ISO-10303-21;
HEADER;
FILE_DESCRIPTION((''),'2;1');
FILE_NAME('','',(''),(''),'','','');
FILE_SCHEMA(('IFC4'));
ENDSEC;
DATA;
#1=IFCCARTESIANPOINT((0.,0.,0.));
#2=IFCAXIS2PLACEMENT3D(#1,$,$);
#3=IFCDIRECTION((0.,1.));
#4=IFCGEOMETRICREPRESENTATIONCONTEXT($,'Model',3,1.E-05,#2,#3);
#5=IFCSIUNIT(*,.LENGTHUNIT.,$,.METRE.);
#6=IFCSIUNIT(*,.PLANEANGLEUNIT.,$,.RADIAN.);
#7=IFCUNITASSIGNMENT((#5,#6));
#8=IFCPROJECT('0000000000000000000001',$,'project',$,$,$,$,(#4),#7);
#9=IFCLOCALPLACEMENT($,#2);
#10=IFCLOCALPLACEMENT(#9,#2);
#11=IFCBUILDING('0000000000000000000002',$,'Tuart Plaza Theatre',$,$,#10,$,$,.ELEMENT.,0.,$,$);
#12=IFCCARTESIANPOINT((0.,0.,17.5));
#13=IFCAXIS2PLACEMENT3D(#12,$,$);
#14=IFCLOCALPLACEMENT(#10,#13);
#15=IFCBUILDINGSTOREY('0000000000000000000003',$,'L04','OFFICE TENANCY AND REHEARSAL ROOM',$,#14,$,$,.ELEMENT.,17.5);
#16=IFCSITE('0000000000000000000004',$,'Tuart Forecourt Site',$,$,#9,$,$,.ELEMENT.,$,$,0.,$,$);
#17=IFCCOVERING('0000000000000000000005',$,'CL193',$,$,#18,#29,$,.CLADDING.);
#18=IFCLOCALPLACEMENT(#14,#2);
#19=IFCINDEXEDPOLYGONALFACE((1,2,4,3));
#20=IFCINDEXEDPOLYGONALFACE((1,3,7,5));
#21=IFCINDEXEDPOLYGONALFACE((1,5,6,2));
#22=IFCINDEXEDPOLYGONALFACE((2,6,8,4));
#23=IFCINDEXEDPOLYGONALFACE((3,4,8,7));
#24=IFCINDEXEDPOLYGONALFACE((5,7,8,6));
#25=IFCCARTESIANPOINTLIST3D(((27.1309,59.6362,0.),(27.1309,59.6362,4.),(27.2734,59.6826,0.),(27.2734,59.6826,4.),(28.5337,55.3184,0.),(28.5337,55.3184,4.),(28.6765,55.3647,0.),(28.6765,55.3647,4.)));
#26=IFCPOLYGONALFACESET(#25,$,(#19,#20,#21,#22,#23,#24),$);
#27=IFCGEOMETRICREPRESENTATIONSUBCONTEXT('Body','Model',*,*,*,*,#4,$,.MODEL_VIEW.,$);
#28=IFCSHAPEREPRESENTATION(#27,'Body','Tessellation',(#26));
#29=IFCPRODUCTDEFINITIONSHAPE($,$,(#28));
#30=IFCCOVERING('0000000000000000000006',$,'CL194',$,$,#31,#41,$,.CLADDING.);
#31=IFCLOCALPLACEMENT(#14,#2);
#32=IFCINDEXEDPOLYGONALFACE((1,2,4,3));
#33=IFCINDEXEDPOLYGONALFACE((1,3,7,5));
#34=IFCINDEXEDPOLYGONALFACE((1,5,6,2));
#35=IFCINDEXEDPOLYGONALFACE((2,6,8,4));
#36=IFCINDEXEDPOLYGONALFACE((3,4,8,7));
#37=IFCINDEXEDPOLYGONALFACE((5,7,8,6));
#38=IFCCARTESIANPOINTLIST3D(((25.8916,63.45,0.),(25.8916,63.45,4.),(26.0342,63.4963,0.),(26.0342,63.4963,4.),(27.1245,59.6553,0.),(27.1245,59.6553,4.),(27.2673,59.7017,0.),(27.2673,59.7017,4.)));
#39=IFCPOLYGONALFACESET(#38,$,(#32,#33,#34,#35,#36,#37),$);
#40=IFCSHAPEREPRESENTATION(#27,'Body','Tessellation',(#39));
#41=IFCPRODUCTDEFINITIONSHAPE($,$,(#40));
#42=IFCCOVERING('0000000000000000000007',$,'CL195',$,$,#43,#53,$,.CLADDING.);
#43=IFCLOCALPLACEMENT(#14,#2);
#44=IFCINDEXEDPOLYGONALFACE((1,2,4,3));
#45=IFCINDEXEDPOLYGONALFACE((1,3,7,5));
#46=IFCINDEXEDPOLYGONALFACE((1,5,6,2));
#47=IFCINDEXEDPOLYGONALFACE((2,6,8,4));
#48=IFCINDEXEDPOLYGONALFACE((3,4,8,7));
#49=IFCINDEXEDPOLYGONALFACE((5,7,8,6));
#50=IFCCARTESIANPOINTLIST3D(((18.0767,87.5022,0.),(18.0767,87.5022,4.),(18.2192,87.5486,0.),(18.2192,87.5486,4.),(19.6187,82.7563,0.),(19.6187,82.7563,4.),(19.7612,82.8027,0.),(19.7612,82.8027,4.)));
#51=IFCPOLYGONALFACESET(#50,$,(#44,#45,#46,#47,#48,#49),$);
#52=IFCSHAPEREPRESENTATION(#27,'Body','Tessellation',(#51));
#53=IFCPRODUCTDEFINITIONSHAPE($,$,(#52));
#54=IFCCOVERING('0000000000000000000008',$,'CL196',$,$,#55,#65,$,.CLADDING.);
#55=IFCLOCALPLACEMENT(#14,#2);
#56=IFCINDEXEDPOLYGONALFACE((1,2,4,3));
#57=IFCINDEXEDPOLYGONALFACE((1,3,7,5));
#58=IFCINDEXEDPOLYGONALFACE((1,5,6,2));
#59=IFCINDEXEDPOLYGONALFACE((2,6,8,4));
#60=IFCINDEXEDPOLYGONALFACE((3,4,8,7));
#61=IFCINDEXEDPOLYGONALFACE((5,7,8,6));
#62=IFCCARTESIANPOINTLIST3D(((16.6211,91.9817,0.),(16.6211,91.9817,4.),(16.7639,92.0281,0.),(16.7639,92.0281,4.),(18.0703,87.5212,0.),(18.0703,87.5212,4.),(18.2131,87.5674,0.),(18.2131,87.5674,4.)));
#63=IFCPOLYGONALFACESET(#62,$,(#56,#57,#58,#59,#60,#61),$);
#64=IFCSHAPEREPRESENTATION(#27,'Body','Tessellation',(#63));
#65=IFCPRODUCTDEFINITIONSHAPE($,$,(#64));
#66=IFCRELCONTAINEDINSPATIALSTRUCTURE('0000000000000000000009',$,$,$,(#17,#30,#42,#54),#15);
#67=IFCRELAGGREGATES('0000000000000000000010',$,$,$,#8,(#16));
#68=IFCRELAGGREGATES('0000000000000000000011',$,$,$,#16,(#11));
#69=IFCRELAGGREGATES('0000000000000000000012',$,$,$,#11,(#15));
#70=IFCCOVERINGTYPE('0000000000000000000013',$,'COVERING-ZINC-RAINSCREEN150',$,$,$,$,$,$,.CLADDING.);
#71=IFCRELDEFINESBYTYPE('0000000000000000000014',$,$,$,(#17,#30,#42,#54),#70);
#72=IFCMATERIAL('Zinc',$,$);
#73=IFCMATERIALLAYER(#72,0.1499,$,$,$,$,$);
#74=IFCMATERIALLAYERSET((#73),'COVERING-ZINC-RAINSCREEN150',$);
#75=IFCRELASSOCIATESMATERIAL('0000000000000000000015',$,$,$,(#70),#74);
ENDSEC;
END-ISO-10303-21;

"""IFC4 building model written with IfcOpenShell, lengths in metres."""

from ifc_helpers import new_model, si_unit, direction, frame, origin, place, context, subcontext, project, spatial, polyline, outline, extrude, material, layer, layer_set, type_object, element, save


model = new_model("IFC4")

# Units and contexts
model_context = context("Model", 3, precision=1e-05, world=origin(), true_north=direction((0.0, 1.0)))
body_context = subcontext(model_context, "Body", "Model", "MODEL_VIEW")
ifc_project = project(units=[si_unit("LENGTHUNIT", "METRE"), si_unit("PLANEANGLEUNIT", "RADIAN")], contexts=[model_context])

# Site, building, storey
site_placement = place(None, origin())
site = spatial("IfcSite", under=ifc_project, at=site_placement, Name="Tuart Forecourt Site", CompositionType="ELEMENT", RefElevation=0.0)
building_placement = place(site_placement, origin())
building = spatial("IfcBuilding", under=site, at=building_placement, Name="Tuart Plaza Theatre", CompositionType="ELEMENT", ElevationOfRefHeight=0.0)
storey_placement = place(building_placement, frame((0.0, 0.0, 17.5)))
storey = spatial("IfcBuildingStorey", under=building, at=storey_placement, Name="L04", Description="OFFICE TENANCY AND REHEARSAL ROOM", CompositionType="ELEMENT", Elevation=17.5)

# Coverings
ifc_material_1 = material(Name="Zinc")
ifc_layer_1 = layer(ifc_material_1, 0.1499)
ifc_layer_set_1 = layer_set([ifc_layer_1], Name="COVERING-ZINC-RAINSCREEN150")
covering_type = type_object("IfcCoveringType", Name="COVERING-ZINC-RAINSCREEN150", PredefinedType="CLADDING", material=ifc_layer_set_1)
covering_1_placement = place(storey_placement, origin())
element("IfcCovering", 1, at=covering_1_placement, inside=storey, type_object=covering_type, Name="CL193", PredefinedType="CLADDING", context=body_context, shape_type="SweptSolid", body=[
    extrude(outline(polyline([(28.5337, 55.3184), (27.1309, 59.6362), (27.2734, 59.6826), (28.6765, 55.3647), (28.5337, 55.3184)])), origin(), (0.0, 0.0, 1.0), 4.0),
])
covering_2_placement = place(storey_placement, origin())
element("IfcCovering", 2, at=covering_2_placement, inside=storey, type_object=covering_type, Name="CL194", PredefinedType="CLADDING", context=body_context, shape_type="SweptSolid", body=[
    extrude(outline(polyline([(27.1245, 59.6553), (25.8916, 63.45), (26.0342, 63.4963), (27.2673, 59.7017), (27.1245, 59.6553)])), origin(), (0.0, 0.0, 1.0), 4.0),
])
covering_3_placement = place(storey_placement, origin())
element("IfcCovering", 3, at=covering_3_placement, inside=storey, type_object=covering_type, Name="CL195", PredefinedType="CLADDING", context=body_context, shape_type="SweptSolid", body=[
    extrude(outline(polyline([(19.6187, 82.7563), (18.0767, 87.5022), (18.2192, 87.5486), (19.7612, 82.8027), (19.6187, 82.7563)])), origin(), (0.0, 0.0, 1.0), 4.0),
])
covering_4_placement = place(storey_placement, origin())
element("IfcCovering", 4, at=covering_4_placement, inside=storey, type_object=covering_type, Name="CL196", PredefinedType="CLADDING", context=body_context, shape_type="SweptSolid", body=[
    extrude(outline(polyline([(18.0703, 87.5212), (16.6211, 91.9817), (16.7639, 92.0281), (18.2131, 87.5674), (18.0703, 87.5212)])), origin(), (0.0, 0.0, 1.0), 4.0),
])

save(model, "model.ifc")
